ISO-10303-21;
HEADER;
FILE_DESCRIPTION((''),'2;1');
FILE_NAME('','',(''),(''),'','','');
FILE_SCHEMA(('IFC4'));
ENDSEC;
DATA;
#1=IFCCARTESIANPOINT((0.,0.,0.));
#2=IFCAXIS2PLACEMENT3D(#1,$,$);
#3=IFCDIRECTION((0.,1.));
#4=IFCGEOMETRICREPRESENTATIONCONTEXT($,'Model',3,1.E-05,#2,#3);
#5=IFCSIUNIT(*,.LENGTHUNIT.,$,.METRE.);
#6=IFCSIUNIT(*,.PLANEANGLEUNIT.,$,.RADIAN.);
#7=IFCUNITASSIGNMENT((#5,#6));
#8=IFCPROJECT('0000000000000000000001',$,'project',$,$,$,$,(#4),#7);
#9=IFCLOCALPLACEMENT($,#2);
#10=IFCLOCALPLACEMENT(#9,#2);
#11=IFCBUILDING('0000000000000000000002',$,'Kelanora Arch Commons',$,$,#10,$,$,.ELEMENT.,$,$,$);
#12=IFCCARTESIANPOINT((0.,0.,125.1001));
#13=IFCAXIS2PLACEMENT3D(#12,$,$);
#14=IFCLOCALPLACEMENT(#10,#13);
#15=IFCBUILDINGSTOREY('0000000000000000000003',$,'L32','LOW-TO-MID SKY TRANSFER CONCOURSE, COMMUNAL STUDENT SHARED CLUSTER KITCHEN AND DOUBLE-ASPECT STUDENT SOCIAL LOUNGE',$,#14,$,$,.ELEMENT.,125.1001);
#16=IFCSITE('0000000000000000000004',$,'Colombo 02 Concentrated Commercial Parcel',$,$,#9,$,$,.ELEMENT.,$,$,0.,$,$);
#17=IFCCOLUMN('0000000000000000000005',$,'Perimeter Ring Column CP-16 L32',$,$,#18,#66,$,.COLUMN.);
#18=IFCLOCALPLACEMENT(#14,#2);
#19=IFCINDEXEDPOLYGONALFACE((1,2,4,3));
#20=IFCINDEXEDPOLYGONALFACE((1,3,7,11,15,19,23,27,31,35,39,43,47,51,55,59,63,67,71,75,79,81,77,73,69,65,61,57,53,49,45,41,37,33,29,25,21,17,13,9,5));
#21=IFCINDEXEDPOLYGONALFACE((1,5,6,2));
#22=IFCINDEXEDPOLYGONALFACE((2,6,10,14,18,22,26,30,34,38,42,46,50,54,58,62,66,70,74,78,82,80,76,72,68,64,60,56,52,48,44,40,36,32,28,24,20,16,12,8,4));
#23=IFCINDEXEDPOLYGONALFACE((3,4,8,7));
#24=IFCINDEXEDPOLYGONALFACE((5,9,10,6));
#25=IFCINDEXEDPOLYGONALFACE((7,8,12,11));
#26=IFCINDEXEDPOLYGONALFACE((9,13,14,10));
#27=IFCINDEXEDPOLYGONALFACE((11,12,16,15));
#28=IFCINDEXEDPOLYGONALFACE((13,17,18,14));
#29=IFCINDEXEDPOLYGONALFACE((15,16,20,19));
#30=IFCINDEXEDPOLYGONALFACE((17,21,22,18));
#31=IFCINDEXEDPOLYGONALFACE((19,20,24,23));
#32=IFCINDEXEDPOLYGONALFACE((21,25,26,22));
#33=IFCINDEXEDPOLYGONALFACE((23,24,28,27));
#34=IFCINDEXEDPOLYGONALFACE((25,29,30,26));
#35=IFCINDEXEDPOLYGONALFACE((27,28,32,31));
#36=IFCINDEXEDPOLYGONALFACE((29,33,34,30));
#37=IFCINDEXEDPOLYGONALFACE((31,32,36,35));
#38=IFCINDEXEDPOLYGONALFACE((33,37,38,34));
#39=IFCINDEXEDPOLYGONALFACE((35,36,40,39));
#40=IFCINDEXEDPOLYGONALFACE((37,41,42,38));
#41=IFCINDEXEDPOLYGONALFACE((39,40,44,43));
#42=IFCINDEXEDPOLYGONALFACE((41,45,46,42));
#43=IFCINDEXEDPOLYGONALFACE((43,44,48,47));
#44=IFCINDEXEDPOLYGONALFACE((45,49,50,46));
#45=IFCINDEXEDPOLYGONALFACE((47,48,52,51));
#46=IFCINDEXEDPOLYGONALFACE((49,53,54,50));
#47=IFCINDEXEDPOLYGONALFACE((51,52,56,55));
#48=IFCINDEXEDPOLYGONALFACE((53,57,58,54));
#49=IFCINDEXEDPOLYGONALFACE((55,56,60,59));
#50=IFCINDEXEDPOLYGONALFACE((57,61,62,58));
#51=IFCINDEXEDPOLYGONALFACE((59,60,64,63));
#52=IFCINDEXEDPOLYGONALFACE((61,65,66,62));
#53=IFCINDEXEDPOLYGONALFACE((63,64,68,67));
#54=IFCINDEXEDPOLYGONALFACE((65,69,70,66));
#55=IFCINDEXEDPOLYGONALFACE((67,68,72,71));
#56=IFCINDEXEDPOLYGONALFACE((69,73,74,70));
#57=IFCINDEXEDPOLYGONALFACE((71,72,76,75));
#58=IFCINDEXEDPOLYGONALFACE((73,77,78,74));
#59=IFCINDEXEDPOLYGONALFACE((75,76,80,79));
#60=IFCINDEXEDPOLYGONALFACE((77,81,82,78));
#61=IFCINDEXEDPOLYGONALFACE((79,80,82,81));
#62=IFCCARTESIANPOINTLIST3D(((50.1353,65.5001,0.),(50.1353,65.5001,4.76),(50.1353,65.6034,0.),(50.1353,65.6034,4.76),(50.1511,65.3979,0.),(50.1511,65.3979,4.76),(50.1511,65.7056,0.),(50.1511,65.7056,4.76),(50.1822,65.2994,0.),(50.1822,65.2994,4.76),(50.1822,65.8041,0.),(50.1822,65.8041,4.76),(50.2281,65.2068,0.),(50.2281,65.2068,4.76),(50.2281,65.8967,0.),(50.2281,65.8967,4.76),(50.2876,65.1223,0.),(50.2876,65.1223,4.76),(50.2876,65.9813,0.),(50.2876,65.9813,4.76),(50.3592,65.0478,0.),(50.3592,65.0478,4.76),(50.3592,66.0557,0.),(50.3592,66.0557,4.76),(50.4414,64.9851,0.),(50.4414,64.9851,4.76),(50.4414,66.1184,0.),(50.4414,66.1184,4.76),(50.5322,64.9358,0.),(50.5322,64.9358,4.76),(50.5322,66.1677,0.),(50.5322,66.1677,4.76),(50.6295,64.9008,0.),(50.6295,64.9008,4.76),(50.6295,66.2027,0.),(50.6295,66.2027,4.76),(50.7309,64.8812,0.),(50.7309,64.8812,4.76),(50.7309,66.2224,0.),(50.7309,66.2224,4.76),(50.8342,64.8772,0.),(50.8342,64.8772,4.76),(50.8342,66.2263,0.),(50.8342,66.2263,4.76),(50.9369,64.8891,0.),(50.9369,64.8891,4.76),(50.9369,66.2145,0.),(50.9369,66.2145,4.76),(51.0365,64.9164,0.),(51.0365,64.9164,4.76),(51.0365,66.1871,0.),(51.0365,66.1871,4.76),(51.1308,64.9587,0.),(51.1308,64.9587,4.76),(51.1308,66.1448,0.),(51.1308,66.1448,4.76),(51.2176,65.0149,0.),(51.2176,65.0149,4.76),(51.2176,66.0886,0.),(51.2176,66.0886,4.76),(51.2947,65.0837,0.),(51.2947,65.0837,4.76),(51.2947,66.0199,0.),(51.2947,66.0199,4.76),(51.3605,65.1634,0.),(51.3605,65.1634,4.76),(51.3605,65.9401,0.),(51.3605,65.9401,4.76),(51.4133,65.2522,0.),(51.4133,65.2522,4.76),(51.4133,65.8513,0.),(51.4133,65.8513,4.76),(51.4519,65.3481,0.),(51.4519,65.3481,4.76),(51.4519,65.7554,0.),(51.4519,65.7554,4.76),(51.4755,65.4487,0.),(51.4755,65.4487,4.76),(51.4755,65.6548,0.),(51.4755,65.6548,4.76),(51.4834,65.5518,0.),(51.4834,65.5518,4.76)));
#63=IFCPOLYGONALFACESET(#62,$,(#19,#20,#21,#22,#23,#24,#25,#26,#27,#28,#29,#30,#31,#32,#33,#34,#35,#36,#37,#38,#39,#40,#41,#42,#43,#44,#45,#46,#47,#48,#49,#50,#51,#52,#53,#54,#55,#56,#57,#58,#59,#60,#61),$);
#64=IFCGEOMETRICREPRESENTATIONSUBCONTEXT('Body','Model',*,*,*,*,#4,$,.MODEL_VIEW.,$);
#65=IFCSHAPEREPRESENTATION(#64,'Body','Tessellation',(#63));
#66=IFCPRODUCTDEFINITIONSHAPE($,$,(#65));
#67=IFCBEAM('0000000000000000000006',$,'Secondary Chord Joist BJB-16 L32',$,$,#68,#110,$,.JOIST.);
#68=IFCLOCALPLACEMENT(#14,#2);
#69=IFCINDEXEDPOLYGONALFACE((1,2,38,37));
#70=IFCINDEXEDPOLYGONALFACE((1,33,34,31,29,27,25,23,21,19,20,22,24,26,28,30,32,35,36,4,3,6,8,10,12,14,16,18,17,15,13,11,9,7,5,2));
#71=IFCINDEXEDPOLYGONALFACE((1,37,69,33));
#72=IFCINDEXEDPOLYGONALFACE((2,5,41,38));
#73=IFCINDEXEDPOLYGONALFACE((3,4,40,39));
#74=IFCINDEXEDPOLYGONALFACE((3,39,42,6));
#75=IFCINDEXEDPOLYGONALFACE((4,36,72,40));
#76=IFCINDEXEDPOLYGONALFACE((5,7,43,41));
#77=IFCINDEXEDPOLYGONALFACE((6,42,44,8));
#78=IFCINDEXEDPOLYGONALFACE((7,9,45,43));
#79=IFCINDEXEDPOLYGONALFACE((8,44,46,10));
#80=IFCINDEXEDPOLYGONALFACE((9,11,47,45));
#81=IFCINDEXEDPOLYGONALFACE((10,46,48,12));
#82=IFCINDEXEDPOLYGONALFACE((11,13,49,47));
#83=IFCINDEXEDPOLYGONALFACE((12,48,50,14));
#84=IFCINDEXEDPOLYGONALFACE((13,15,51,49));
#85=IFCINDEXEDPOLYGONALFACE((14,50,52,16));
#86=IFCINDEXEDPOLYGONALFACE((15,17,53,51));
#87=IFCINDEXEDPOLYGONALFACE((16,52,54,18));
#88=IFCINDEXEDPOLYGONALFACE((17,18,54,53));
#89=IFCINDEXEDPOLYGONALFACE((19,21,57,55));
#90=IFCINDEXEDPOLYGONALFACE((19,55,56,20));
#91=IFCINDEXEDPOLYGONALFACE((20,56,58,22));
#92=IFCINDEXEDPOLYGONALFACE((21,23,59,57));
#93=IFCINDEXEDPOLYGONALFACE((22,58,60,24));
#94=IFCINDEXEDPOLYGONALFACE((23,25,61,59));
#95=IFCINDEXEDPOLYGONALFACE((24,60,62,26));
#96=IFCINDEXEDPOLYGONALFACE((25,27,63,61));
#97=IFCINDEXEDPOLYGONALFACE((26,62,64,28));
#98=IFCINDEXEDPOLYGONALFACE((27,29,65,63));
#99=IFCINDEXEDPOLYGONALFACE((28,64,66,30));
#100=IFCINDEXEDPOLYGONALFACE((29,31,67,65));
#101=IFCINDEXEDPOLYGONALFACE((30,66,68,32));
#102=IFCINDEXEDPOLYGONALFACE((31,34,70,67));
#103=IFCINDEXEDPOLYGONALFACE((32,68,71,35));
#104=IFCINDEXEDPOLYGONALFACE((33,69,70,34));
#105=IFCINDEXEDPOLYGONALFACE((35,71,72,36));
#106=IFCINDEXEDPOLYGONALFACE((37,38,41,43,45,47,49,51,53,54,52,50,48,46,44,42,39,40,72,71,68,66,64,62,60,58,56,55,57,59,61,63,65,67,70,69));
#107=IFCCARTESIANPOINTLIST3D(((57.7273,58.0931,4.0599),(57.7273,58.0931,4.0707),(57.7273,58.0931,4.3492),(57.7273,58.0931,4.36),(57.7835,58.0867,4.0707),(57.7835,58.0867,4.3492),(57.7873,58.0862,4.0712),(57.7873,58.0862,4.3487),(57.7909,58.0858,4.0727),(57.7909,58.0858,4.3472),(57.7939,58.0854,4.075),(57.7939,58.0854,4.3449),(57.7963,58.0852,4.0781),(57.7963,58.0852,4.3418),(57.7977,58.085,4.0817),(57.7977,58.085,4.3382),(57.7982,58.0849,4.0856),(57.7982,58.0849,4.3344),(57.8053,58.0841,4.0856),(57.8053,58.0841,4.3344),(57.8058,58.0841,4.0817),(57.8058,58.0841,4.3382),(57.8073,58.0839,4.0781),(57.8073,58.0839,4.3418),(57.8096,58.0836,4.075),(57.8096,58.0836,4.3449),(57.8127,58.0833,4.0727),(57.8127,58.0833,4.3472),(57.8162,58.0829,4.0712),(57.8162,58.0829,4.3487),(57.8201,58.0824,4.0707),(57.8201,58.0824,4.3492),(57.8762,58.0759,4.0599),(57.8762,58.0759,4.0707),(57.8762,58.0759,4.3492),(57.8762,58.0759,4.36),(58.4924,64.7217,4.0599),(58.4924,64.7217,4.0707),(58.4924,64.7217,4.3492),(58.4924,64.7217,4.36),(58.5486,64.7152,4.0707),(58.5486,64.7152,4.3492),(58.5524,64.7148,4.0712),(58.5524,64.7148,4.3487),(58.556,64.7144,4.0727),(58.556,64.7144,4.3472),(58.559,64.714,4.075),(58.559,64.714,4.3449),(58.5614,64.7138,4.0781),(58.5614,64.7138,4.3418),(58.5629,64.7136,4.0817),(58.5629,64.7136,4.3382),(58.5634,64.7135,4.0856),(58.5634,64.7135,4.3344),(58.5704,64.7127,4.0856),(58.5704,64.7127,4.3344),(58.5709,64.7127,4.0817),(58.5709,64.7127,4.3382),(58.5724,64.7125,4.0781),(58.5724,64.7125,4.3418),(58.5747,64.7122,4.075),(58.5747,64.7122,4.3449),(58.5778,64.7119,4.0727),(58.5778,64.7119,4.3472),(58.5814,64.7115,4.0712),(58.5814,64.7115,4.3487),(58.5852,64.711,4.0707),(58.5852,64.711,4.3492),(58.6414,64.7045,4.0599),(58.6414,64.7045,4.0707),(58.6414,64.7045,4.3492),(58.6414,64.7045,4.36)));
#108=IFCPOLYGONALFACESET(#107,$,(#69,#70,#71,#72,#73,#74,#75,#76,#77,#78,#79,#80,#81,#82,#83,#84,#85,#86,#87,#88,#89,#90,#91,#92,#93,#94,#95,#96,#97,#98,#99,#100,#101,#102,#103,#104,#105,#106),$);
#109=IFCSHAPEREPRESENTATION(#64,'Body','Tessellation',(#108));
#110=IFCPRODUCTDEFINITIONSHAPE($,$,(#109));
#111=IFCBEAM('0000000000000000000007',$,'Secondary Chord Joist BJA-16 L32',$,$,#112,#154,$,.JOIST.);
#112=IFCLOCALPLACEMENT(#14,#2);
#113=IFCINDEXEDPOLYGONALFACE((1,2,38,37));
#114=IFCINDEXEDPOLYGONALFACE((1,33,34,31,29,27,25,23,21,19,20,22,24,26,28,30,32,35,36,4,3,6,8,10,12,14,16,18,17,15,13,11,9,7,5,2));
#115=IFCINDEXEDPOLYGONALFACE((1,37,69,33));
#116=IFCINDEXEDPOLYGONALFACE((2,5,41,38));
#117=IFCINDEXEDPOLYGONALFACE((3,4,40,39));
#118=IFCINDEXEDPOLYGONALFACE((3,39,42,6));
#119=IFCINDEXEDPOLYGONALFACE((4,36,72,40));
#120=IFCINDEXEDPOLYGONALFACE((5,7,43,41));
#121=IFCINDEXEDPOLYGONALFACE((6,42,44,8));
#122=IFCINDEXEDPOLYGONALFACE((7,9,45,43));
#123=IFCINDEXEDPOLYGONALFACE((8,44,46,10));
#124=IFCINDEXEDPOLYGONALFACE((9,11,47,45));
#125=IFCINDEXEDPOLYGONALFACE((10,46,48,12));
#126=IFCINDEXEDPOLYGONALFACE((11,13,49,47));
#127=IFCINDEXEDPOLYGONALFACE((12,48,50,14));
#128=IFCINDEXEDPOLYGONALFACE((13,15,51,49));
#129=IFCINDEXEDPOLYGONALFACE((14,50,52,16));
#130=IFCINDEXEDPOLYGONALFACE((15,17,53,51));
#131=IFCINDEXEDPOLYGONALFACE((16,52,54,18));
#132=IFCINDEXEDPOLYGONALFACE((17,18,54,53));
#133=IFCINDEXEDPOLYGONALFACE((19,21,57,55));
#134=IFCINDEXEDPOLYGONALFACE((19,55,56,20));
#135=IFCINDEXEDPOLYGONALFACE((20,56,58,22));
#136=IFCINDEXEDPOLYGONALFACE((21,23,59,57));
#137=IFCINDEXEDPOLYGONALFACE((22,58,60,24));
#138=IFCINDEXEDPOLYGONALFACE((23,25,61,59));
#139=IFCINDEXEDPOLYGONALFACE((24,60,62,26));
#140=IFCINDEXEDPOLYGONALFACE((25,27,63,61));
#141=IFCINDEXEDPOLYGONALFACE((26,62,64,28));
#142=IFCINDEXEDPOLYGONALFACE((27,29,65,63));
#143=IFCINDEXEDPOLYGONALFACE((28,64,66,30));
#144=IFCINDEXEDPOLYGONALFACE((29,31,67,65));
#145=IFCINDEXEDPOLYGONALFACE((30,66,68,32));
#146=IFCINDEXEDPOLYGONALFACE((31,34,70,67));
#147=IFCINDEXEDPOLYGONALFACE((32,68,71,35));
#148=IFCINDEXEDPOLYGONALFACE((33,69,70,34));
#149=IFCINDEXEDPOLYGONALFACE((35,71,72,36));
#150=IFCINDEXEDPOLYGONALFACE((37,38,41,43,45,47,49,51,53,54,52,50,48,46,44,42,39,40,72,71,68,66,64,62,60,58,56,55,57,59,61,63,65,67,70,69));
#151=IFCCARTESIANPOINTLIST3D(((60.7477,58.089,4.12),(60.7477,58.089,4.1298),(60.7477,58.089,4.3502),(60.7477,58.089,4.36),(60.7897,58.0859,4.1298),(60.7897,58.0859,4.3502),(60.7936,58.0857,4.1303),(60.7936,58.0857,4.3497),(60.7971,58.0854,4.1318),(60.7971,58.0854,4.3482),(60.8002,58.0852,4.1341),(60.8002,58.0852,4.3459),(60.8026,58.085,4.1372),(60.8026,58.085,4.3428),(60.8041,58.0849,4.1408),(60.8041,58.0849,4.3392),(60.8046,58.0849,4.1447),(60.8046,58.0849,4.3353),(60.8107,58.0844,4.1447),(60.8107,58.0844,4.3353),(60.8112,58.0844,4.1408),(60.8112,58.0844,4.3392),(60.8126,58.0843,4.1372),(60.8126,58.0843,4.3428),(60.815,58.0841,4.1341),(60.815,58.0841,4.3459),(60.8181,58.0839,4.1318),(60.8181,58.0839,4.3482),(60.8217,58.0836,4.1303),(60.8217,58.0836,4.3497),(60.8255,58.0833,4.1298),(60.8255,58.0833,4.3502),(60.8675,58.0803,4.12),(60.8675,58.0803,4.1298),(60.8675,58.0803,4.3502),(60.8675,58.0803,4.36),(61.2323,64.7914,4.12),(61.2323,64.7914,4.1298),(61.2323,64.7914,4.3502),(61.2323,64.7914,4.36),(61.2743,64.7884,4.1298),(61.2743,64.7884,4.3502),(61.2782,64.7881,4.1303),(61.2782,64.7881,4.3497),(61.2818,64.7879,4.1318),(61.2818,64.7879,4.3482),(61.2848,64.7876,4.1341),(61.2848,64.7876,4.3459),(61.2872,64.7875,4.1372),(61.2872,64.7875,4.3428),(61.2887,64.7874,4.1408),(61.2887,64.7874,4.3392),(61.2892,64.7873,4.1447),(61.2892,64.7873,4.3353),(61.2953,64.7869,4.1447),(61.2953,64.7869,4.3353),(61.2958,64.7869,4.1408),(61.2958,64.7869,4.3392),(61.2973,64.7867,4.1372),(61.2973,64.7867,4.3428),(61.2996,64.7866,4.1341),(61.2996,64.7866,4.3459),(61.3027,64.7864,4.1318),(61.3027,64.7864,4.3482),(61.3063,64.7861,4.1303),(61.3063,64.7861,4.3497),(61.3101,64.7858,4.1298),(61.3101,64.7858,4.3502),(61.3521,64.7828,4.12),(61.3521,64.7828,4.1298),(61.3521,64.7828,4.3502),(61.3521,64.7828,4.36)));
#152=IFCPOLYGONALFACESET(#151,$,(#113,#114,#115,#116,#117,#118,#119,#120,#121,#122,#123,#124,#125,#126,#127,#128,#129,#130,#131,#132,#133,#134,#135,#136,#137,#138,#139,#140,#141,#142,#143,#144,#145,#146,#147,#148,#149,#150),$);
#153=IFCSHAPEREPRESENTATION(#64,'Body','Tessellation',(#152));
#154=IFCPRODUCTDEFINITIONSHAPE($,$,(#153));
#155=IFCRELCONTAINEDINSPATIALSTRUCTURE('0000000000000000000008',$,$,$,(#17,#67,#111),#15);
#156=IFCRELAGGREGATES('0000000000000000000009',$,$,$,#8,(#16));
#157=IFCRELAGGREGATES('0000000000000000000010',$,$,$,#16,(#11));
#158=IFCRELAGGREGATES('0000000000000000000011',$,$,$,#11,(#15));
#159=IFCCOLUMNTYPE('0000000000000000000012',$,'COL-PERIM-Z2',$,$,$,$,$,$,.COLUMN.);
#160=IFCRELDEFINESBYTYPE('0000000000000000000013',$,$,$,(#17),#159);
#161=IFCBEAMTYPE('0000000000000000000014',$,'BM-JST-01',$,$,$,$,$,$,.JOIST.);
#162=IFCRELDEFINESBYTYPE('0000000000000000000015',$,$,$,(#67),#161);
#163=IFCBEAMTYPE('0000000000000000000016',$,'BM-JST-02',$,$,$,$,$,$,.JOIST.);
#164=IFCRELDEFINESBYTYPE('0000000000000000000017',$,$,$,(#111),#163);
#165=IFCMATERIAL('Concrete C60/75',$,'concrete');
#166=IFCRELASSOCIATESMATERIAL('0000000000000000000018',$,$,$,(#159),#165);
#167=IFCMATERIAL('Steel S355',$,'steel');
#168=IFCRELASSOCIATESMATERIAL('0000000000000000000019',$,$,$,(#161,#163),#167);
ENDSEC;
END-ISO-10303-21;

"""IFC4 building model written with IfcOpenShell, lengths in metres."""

from ifc_helpers import new_model, si_unit, direction, frame, origin, origin_2d, place, context, subcontext, project, spatial, circle, i_section, extrude, material, material_profile, profile_set, type_object, element, save


model = new_model("IFC4")

# Units and contexts
model_context = context("Model", 3, precision=1e-05, world=origin(), true_north=direction((0.0, 1.0)))
body_context = subcontext(model_context, "Body", "Model", "MODEL_VIEW")
ifc_project = project(units=[si_unit("LENGTHUNIT", "METRE"), si_unit("PLANEANGLEUNIT", "RADIAN")], contexts=[model_context])

# Site, building, storey
site_placement = place(None, origin())
site = spatial("IfcSite", under=ifc_project, at=site_placement, Name="Colombo 02 Concentrated Commercial Parcel", CompositionType="ELEMENT", RefElevation=0.0)
building_placement = place(site_placement, origin())
building = spatial("IfcBuilding", under=site, at=building_placement, Name="Kelanora Arch Commons", CompositionType="ELEMENT")
storey_placement = place(building_placement, frame((0.0, 0.0, 125.1001)))
storey = spatial("IfcBuildingStorey", under=building, at=storey_placement, Name="L32", Description="LOW-TO-MID SKY TRANSFER CONCOURSE, COMMUNAL STUDENT SHARED CLUSTER KITCHEN AND DOUBLE-ASPECT STUDENT SOCIAL LOUNGE", CompositionType="ELEMENT", Elevation=125.1001)

# Column
ifc_material_1 = material(Name="Concrete C60/75", Category="concrete")
ifc_material_profile_1 = material_profile(ifc_material_1, circle(Radius=0.675, at=origin_2d()), Name="RCC1350")
ifc_profile_set_1 = profile_set([ifc_material_profile_1], Name="Concrete C60/75")
column_type = type_object("IfcColumnType", Name="COL-PERIM-Z2", PredefinedType="COLUMN", material=ifc_profile_set_1)
column_placement = place(storey_placement, frame((50.8083, 65.5518, 0.0), z_axis=(0.0, 0.0, 1.0), x_axis=(1.0, 0.0, 0.0)))
element("IfcColumn", 1, at=column_placement, inside=storey, type_object=column_type, Name="Perimeter Ring Column CP-16 L32", PredefinedType="COLUMN", context=body_context, shape_type="SweptSolid", body=[
    extrude(circle(Radius=0.675, at=origin_2d()), origin(), (0.0, 0.0, 1.0), 4.76),
])

# Beams
ifc_material_2 = material(Name="Steel S355", Category="steel")
ifc_material_profile_2 = material_profile(ifc_material_2, i_section(OverallWidth=0.1499, OverallDepth=0.3, WebThickness=0.0071, FlangeThickness=0.0107, FilletRadius=0.0149, at=origin_2d()), Name="IPE300")
ifc_profile_set_2 = profile_set([ifc_material_profile_2], Name="Steel S355")
beam_type_1 = type_object("IfcBeamType", Name="BM-JST-01", PredefinedType="JOIST", material=ifc_profile_set_2)
beam_1_placement = place(storey_placement, frame((58.5669, 64.7131, 4.21), z_axis=(-0.114667, -0.993404, 0.0), x_axis=(0.993404, -0.114667, 0.0)))
element("IfcBeam", 2, at=beam_1_placement, inside=storey, type_object=beam_type_1, Name="Secondary Chord Joist BJB-16 L32", PredefinedType="JOIST", context=body_context, shape_type="SweptSolid", body=[
    extrude(i_section(OverallWidth=0.1499, OverallDepth=0.3, WebThickness=0.0071, FlangeThickness=0.0107, FilletRadius=0.0149, at=origin_2d()), origin(), (0.0, 0.0, 1.0), 6.6726),
])
ifc_material_profile_3 = material_profile(ifc_material_2, i_section(OverallWidth=0.1201, OverallDepth=0.24, WebThickness=0.0061, FlangeThickness=0.0098, FilletRadius=0.0149, at=origin_2d()), Name="IPE240")
ifc_profile_set_3 = profile_set([ifc_material_profile_3], Name="Steel S355")
beam_type_2 = type_object("IfcBeamType", Name="BM-JST-02", PredefinedType="JOIST", material=ifc_profile_set_3)
beam_2_placement = place(storey_placement, frame((61.2922, 64.7871, 4.24), z_axis=(-0.072117, -0.997396, 0.0), x_axis=(0.997396, -0.072117, 0.0)))
element("IfcBeam", 3, at=beam_2_placement, inside=storey, type_object=beam_type_2, Name="Secondary Chord Joist BJA-16 L32", PredefinedType="JOIST", context=body_context, shape_type="SweptSolid", body=[
    extrude(i_section(OverallWidth=0.1201, OverallDepth=0.24, WebThickness=0.0061, FlangeThickness=0.0098, FilletRadius=0.0149, at=origin_2d()), origin(), (0.0, 0.0, 1.0), 6.72),
])

save(model, "model.ifc")
